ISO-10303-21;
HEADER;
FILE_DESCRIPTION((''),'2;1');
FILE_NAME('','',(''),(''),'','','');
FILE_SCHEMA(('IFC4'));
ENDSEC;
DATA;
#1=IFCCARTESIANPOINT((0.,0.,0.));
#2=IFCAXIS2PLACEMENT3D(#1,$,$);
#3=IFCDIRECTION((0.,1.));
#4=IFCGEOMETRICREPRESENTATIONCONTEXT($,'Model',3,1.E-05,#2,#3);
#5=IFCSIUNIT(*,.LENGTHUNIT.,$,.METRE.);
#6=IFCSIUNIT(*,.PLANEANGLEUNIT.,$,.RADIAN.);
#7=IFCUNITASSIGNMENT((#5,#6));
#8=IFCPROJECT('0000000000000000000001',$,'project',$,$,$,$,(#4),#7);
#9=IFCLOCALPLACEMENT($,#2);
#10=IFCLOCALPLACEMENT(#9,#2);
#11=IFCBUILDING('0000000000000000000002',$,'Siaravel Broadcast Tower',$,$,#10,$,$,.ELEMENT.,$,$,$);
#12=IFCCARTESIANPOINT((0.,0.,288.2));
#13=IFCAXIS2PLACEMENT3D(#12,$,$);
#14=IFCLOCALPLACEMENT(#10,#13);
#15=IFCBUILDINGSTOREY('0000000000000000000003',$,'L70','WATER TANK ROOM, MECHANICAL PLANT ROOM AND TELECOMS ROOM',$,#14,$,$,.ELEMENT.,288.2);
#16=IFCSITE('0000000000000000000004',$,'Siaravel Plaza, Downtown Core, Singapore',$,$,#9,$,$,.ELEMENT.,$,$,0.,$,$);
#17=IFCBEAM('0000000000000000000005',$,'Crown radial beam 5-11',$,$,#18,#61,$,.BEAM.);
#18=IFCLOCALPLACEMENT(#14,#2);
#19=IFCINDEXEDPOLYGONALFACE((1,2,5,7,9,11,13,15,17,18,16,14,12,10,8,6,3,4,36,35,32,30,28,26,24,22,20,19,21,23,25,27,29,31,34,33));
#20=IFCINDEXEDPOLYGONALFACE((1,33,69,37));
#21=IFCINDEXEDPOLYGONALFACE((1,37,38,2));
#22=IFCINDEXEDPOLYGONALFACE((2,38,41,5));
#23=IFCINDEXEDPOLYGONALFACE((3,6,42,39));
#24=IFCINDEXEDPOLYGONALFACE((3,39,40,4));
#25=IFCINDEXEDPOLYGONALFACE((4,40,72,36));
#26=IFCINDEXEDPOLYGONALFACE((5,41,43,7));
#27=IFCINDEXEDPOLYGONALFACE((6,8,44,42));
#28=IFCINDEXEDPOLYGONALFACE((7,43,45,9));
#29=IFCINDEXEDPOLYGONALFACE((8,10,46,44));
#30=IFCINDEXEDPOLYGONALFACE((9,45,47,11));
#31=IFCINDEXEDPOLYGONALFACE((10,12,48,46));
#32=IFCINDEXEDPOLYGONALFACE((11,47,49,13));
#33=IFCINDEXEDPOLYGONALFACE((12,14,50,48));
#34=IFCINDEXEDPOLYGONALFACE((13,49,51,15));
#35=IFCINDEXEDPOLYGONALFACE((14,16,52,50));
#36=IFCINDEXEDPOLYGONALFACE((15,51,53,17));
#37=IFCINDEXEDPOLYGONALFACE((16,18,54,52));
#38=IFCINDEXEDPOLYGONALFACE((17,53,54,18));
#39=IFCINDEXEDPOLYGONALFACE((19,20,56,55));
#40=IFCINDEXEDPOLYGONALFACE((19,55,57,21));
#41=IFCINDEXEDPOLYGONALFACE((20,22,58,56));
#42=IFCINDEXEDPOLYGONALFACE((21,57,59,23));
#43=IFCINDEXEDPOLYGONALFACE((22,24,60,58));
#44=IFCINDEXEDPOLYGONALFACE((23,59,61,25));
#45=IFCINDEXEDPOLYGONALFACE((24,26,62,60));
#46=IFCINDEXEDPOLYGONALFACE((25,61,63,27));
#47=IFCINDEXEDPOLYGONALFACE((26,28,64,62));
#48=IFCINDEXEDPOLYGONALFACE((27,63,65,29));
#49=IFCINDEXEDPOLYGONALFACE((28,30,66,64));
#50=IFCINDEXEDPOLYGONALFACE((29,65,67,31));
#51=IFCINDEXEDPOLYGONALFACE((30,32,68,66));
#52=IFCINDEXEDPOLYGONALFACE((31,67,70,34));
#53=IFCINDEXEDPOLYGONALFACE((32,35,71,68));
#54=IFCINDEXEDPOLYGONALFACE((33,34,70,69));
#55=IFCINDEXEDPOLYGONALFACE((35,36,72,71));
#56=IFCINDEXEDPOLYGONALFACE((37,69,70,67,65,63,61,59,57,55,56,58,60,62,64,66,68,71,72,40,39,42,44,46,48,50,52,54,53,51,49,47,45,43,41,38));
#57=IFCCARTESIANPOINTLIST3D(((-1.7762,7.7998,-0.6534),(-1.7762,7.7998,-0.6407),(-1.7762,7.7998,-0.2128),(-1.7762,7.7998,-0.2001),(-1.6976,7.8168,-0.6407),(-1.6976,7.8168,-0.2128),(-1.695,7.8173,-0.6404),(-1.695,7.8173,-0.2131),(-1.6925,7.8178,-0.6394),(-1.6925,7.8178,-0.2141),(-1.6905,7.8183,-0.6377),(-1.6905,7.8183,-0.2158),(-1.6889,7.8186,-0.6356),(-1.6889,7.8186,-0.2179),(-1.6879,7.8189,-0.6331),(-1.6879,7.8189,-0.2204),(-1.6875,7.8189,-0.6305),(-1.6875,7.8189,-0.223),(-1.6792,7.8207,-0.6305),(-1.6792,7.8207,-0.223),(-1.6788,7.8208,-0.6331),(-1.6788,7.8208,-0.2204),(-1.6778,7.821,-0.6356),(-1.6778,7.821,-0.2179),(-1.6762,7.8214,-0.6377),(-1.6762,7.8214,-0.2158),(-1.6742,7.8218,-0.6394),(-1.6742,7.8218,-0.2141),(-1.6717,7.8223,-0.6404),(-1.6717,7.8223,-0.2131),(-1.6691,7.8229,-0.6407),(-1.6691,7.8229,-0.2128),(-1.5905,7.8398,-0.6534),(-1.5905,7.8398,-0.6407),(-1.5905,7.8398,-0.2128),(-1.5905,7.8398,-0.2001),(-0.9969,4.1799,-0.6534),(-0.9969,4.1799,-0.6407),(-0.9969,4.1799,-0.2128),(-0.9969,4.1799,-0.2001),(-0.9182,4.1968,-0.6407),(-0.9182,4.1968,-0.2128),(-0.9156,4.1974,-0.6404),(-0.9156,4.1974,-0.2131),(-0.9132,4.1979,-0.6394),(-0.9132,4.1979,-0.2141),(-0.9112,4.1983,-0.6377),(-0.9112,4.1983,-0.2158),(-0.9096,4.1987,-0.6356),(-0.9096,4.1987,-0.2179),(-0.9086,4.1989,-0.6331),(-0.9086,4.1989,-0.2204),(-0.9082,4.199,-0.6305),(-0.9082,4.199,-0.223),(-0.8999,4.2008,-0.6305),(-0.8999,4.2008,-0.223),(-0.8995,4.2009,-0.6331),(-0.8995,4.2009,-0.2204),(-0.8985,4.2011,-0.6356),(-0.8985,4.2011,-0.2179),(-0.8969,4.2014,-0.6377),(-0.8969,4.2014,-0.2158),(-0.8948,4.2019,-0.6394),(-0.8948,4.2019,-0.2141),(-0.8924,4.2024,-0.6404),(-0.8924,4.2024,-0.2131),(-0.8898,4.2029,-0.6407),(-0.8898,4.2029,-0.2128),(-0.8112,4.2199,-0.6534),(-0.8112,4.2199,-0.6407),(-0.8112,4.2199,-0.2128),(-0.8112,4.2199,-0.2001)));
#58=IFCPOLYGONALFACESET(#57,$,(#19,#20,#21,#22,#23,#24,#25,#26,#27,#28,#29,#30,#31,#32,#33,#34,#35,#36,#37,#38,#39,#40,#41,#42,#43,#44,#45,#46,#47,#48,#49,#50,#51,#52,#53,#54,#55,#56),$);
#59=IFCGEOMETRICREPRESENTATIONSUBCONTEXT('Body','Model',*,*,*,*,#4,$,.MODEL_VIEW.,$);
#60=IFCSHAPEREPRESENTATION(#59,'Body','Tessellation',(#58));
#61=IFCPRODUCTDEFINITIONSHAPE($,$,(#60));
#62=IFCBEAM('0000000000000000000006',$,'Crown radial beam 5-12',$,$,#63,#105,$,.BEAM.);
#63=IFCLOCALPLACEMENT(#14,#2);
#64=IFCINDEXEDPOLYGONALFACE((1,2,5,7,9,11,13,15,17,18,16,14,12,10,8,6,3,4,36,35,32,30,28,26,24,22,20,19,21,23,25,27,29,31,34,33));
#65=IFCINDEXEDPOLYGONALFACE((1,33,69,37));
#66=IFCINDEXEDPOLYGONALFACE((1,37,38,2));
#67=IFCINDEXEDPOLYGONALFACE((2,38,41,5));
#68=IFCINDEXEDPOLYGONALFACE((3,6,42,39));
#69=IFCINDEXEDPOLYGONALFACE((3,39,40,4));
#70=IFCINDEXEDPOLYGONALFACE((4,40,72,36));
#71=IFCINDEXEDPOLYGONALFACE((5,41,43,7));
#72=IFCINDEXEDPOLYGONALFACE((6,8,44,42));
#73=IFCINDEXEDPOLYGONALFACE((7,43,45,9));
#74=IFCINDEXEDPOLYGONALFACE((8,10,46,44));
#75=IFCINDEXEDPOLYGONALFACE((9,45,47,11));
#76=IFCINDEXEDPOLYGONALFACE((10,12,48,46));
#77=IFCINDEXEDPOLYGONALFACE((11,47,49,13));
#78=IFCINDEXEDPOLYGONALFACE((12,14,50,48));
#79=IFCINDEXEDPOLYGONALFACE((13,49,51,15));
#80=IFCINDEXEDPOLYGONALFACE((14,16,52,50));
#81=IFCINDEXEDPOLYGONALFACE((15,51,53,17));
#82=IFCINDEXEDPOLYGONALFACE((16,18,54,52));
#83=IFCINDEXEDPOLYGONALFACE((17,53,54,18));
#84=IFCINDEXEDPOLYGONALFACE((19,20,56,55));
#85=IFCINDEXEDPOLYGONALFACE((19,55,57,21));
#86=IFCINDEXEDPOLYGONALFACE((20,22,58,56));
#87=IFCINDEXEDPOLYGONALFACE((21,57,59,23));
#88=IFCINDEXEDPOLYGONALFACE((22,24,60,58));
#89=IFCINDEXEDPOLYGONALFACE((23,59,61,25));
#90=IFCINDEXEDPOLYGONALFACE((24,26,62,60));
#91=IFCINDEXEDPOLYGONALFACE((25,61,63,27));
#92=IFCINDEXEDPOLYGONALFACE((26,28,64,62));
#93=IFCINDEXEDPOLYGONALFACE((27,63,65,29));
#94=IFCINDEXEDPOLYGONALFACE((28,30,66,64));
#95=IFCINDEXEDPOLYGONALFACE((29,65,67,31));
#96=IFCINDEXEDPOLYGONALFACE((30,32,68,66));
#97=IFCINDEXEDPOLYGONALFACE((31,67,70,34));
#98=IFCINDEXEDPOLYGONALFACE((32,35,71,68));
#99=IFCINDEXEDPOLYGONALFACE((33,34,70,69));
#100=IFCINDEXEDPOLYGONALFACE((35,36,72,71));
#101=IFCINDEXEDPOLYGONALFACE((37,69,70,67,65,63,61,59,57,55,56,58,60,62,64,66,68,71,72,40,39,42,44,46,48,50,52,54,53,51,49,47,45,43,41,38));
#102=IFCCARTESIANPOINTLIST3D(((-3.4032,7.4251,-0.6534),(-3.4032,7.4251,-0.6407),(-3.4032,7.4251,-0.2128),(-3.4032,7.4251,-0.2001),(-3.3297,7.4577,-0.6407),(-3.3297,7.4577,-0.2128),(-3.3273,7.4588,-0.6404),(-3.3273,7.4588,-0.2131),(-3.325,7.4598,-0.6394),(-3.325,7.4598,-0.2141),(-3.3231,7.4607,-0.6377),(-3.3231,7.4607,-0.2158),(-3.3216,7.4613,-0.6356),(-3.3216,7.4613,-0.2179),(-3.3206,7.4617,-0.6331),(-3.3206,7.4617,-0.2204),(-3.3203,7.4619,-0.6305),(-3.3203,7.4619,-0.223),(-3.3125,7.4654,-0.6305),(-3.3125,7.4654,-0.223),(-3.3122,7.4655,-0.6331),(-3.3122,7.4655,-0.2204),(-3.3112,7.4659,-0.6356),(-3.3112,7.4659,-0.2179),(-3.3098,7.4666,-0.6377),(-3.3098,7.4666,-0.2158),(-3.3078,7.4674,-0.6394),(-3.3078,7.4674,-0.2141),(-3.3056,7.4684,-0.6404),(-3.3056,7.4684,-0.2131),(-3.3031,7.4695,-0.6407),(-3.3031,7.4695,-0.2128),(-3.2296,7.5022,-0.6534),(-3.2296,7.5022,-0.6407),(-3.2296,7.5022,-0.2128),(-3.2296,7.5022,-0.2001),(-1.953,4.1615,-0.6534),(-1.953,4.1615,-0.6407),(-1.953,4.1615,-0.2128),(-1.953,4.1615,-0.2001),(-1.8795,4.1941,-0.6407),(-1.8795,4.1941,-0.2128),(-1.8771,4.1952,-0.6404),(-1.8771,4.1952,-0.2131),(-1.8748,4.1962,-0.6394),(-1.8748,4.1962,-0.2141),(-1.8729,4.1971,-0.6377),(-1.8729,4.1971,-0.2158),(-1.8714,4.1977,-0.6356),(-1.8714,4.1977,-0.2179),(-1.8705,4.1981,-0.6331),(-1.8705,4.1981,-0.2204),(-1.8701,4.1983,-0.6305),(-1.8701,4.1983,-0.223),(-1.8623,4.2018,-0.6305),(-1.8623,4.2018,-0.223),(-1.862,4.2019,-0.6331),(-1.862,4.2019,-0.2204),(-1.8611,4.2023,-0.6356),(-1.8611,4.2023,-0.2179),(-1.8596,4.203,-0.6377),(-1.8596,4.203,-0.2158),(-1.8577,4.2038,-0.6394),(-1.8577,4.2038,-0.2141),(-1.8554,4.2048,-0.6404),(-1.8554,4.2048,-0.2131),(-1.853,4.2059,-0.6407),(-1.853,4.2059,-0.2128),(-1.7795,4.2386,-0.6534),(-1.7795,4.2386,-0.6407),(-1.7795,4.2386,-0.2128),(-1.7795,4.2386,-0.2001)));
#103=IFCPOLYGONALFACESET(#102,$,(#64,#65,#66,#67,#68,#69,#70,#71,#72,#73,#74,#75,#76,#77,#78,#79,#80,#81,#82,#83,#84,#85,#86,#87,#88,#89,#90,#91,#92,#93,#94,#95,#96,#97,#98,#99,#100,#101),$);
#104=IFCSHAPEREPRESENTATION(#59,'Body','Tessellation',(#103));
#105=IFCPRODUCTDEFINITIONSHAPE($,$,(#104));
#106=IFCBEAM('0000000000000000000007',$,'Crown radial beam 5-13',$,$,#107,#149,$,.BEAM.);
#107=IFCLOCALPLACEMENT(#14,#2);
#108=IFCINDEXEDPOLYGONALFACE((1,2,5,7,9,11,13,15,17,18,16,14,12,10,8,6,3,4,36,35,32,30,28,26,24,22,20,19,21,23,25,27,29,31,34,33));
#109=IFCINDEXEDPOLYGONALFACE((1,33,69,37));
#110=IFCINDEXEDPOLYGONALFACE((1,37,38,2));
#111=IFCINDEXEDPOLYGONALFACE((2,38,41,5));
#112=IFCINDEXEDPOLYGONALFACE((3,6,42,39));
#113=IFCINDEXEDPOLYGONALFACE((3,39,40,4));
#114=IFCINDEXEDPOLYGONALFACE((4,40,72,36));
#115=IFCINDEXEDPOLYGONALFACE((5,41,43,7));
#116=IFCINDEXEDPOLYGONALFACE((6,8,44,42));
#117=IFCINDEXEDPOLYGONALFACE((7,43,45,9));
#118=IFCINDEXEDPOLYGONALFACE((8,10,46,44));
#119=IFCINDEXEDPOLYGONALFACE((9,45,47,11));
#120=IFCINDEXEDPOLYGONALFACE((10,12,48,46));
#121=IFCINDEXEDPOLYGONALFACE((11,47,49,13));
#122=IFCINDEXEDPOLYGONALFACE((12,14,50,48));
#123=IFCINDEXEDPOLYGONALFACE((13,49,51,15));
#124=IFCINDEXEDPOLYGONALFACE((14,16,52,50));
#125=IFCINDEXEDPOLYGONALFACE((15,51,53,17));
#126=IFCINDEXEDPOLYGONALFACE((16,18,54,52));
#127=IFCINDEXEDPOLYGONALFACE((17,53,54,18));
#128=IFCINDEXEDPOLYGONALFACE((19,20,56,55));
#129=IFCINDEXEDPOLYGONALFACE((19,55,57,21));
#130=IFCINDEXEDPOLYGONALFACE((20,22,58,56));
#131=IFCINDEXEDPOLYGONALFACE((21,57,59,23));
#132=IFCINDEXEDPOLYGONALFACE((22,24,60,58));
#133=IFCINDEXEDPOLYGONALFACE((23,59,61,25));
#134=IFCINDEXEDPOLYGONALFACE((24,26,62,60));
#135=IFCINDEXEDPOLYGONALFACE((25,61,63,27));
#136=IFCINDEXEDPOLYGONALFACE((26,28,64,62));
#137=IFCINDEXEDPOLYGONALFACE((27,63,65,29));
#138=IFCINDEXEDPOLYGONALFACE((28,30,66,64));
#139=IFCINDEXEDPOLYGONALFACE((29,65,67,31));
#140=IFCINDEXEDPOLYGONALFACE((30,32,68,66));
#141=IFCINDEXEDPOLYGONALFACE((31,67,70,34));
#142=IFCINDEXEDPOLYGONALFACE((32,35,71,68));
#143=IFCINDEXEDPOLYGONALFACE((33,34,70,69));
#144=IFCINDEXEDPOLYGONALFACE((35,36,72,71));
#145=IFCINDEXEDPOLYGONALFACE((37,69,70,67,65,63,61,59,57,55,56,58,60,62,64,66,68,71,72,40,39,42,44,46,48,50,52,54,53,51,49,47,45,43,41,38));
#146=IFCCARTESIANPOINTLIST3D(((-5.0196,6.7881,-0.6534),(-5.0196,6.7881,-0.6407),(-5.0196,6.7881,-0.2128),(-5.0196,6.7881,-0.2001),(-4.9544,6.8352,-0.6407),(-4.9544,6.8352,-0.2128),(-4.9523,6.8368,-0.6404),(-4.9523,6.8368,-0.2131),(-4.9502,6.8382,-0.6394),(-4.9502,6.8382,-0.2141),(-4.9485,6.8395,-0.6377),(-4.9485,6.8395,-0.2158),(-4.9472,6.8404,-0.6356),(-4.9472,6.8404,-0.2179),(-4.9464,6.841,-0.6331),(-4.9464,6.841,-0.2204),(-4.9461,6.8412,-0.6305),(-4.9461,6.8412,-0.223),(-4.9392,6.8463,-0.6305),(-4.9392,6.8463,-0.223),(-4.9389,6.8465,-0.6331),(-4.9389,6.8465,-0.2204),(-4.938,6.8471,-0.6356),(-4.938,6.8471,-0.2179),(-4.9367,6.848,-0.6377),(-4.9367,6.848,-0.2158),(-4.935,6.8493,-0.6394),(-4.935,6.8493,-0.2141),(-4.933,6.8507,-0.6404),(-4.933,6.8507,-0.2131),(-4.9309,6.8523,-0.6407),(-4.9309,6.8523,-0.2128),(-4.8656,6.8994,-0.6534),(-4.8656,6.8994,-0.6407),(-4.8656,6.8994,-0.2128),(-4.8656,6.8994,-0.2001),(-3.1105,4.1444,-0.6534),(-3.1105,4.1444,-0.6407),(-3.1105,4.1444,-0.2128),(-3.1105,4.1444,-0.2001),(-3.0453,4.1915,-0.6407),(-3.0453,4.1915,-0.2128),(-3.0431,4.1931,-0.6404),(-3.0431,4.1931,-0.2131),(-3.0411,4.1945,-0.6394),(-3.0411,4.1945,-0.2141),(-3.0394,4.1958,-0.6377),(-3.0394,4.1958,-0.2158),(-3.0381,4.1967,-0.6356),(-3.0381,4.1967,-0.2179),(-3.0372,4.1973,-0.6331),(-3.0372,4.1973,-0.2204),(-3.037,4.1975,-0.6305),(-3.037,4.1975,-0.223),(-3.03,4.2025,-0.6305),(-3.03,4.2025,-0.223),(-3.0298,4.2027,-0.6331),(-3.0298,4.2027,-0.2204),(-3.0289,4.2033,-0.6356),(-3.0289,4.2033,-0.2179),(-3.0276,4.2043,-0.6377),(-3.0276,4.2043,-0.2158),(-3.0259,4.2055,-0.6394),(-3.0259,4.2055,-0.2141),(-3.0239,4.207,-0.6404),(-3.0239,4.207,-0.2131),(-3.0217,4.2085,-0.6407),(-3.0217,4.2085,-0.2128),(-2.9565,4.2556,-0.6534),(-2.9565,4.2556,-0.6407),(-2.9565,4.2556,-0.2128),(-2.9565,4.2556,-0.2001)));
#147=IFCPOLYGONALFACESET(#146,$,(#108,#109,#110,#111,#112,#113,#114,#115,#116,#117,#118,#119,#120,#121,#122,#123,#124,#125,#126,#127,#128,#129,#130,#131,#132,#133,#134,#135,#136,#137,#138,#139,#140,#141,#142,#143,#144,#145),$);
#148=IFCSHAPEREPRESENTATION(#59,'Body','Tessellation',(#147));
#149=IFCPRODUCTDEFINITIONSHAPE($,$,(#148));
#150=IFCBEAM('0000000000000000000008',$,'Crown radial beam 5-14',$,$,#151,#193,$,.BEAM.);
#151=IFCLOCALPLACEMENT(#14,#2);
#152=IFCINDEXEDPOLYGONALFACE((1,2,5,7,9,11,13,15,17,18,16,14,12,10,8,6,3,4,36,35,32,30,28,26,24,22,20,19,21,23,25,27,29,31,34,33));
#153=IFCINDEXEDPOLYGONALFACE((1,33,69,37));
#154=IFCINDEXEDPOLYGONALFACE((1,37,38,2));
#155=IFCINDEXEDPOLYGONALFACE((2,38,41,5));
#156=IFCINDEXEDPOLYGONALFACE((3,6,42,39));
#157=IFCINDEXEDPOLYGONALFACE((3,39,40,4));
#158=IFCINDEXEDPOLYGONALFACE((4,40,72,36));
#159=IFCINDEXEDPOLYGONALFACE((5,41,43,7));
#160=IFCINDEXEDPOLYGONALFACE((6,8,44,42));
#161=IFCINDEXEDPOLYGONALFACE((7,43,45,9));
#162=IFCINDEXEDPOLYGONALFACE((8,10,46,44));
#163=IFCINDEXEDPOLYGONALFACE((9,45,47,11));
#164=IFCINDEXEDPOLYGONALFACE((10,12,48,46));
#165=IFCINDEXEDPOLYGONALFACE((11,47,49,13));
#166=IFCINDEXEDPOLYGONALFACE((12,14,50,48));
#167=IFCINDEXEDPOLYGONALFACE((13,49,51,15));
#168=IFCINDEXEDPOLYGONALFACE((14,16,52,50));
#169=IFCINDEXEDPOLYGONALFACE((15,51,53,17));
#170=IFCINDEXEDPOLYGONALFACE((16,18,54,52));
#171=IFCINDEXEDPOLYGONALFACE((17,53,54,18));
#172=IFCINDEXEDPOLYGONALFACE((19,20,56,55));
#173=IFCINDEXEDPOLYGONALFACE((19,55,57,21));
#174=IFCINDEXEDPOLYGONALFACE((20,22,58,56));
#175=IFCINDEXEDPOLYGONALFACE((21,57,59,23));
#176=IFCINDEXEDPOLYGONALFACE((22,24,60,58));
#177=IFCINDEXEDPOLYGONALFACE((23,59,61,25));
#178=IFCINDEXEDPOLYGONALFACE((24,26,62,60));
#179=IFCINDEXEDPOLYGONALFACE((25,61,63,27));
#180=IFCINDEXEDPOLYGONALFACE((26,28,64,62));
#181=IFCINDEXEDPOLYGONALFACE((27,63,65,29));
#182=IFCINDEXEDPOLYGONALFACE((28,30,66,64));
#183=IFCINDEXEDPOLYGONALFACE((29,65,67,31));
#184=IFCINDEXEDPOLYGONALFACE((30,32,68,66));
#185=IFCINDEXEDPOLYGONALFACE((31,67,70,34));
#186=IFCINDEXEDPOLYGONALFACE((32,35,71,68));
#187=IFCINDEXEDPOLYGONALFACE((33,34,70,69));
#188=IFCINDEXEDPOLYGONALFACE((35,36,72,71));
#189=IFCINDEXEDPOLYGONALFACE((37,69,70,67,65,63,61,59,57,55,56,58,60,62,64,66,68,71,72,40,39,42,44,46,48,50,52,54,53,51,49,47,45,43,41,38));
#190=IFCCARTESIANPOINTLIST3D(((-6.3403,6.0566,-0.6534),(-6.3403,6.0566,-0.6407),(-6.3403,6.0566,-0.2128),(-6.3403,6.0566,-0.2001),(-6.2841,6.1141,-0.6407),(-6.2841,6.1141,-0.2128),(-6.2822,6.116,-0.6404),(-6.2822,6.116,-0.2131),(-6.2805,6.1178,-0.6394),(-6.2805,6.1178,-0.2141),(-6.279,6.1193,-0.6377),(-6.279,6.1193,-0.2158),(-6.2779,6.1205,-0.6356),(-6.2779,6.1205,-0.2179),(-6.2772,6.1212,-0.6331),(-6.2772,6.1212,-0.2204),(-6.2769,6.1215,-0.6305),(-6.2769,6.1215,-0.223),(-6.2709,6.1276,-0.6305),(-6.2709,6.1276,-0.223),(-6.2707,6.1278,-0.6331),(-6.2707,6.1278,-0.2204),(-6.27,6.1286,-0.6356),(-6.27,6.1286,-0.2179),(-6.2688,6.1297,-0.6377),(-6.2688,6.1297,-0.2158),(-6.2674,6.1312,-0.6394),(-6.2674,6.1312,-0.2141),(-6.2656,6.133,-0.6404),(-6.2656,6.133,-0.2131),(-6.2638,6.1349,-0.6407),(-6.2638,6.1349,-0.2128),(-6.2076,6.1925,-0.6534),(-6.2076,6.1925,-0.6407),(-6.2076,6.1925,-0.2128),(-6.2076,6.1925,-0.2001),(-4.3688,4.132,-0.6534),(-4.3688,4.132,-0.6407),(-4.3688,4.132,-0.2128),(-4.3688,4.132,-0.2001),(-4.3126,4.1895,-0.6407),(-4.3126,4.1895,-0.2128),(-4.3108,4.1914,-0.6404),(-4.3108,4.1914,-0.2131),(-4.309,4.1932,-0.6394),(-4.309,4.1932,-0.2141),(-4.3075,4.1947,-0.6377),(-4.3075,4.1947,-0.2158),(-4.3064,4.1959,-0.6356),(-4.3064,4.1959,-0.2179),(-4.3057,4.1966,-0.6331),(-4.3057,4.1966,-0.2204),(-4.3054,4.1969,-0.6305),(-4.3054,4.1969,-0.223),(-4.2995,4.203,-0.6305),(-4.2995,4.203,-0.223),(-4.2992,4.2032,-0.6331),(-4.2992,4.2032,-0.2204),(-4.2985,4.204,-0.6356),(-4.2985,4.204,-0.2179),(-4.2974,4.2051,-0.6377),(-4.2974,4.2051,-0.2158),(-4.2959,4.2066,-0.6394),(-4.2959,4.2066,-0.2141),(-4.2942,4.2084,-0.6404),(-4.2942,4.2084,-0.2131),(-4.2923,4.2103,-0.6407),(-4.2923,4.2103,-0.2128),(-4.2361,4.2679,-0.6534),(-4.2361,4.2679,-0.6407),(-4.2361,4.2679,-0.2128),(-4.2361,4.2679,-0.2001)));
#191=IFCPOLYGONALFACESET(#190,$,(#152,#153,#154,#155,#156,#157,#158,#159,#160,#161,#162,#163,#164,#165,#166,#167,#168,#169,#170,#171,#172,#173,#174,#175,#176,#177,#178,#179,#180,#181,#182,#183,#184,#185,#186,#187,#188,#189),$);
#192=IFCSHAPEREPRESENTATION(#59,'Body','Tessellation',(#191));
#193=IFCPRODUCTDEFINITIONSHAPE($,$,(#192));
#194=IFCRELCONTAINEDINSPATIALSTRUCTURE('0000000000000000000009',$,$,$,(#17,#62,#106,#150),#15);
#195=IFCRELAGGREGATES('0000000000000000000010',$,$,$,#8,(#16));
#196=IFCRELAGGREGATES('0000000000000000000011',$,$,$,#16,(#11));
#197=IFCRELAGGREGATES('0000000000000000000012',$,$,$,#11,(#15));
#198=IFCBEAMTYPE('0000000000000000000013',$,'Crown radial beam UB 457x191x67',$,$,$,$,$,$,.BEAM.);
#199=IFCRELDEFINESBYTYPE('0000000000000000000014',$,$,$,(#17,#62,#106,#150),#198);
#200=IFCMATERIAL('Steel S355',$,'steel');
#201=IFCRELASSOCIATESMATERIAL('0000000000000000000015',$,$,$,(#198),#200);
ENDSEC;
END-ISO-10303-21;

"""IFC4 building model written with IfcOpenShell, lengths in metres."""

from ifc_helpers import new_model, si_unit, direction, frame, origin, origin_2d, place, context, subcontext, project, spatial, i_section, extrude, material, material_profile, profile_set, type_object, element, save


model = new_model("IFC4")

# Units and contexts
model_context = context("Model", 3, precision=1e-05, world=origin(), true_north=direction((0.0, 1.0)))
body_context = subcontext(model_context, "Body", "Model", "MODEL_VIEW")
ifc_project = project(units=[si_unit("LENGTHUNIT", "METRE"), si_unit("PLANEANGLEUNIT", "RADIAN")], contexts=[model_context])

# Site, building, storey
site_placement = place(None, origin())
site = spatial("IfcSite", under=ifc_project, at=site_placement, Name="Siaravel Plaza, Downtown Core, Singapore", CompositionType="ELEMENT", RefElevation=0.0)
building_placement = place(site_placement, origin())
building = spatial("IfcBuilding", under=site, at=building_placement, Name="Siaravel Broadcast Tower", CompositionType="ELEMENT")
storey_placement = place(building_placement, frame((0.0, 0.0, 288.2)))
storey = spatial("IfcBuildingStorey", under=building, at=storey_placement, Name="L70", Description="WATER TANK ROOM, MECHANICAL PLANT ROOM AND TELECOMS ROOM", CompositionType="ELEMENT", Elevation=288.2)

# Beams
ifc_material_1 = material(Name="Steel S355", Category="steel")
ifc_material_profile_1 = material_profile(ifc_material_1, i_section(OverallWidth=0.1899, OverallDepth=0.4534, WebThickness=0.0085, FlangeThickness=0.0127, FilletRadius=0.0103, at=origin_2d()))
ifc_profile_set_1 = profile_set([ifc_material_profile_1], Name="Steel S355")
beam_type_1 = type_object("IfcBeamType", Name="Crown radial beam UB 457x191x67", PredefinedType="BEAM", material=ifc_profile_set_1)
beam_1_placement = place(storey_placement, frame((-1.6833, 7.8198, -0.4268), z_axis=(0.210461, -0.977602, 0.0), x_axis=(0.977602, 0.210461, 0.0)))
element("IfcBeam", 1, at=beam_1_placement, inside=storey, type_object=beam_type_1, Name="Crown radial beam 5-11", PredefinedType="BEAM", context=body_context, shape_type="SweptSolid", body=[
    extrude(i_section(OverallWidth=0.1899, OverallDepth=0.4534, WebThickness=0.0085, FlangeThickness=0.0127, FilletRadius=0.0103, at=origin_2d()), origin(), (0.0, 0.0, 1.0), 3.7029),
])
beam_2_placement = place(storey_placement, frame((-3.3164, 7.4636, -0.4268), z_axis=(0.406062, -0.913845, 0.0), x_axis=(0.913845, 0.406062, 0.0)))
element("IfcBeam", 2, at=beam_2_placement, inside=storey, type_object=beam_type_1, Name="Crown radial beam 5-12", PredefinedType="BEAM", context=body_context, shape_type="SweptSolid", body=[
    extrude(i_section(OverallWidth=0.1899, OverallDepth=0.4534, WebThickness=0.0085, FlangeThickness=0.0127, FilletRadius=0.0103, at=origin_2d()), origin(), (0.0, 0.0, 1.0), 3.5713),
])
beam_3_placement = place(storey_placement, frame((-4.9426, 6.8438, -0.4268), z_axis=(0.585444, -0.810713, 0.0), x_axis=(0.810713, 0.585444, 0.0)))
element("IfcBeam", 3, at=beam_3_placement, inside=storey, type_object=beam_type_1, Name="Crown radial beam 5-13", PredefinedType="BEAM", context=body_context, shape_type="SweptSolid", body=[
    extrude(i_section(OverallWidth=0.1899, OverallDepth=0.4534, WebThickness=0.0085, FlangeThickness=0.0127, FilletRadius=0.0103, at=origin_2d()), origin(), (0.0, 0.0, 1.0), 3.261),
])
beam_4_placement = place(storey_placement, frame((-6.2739, 6.1245, -0.4268), z_axis=(0.715563, -0.698549, 0.0), x_axis=(0.698549, 0.715563, 0.0)))
element("IfcBeam", 4, at=beam_4_placement, inside=storey, type_object=beam_type_1, Name="Crown radial beam 5-14", PredefinedType="BEAM", context=body_context, shape_type="SweptSolid", body=[
    extrude(i_section(OverallWidth=0.1899, OverallDepth=0.4534, WebThickness=0.0085, FlangeThickness=0.0127, FilletRadius=0.0103, at=origin_2d()), origin(), (0.0, 0.0, 1.0), 2.7551),
])

save(model, "model.ifc")
